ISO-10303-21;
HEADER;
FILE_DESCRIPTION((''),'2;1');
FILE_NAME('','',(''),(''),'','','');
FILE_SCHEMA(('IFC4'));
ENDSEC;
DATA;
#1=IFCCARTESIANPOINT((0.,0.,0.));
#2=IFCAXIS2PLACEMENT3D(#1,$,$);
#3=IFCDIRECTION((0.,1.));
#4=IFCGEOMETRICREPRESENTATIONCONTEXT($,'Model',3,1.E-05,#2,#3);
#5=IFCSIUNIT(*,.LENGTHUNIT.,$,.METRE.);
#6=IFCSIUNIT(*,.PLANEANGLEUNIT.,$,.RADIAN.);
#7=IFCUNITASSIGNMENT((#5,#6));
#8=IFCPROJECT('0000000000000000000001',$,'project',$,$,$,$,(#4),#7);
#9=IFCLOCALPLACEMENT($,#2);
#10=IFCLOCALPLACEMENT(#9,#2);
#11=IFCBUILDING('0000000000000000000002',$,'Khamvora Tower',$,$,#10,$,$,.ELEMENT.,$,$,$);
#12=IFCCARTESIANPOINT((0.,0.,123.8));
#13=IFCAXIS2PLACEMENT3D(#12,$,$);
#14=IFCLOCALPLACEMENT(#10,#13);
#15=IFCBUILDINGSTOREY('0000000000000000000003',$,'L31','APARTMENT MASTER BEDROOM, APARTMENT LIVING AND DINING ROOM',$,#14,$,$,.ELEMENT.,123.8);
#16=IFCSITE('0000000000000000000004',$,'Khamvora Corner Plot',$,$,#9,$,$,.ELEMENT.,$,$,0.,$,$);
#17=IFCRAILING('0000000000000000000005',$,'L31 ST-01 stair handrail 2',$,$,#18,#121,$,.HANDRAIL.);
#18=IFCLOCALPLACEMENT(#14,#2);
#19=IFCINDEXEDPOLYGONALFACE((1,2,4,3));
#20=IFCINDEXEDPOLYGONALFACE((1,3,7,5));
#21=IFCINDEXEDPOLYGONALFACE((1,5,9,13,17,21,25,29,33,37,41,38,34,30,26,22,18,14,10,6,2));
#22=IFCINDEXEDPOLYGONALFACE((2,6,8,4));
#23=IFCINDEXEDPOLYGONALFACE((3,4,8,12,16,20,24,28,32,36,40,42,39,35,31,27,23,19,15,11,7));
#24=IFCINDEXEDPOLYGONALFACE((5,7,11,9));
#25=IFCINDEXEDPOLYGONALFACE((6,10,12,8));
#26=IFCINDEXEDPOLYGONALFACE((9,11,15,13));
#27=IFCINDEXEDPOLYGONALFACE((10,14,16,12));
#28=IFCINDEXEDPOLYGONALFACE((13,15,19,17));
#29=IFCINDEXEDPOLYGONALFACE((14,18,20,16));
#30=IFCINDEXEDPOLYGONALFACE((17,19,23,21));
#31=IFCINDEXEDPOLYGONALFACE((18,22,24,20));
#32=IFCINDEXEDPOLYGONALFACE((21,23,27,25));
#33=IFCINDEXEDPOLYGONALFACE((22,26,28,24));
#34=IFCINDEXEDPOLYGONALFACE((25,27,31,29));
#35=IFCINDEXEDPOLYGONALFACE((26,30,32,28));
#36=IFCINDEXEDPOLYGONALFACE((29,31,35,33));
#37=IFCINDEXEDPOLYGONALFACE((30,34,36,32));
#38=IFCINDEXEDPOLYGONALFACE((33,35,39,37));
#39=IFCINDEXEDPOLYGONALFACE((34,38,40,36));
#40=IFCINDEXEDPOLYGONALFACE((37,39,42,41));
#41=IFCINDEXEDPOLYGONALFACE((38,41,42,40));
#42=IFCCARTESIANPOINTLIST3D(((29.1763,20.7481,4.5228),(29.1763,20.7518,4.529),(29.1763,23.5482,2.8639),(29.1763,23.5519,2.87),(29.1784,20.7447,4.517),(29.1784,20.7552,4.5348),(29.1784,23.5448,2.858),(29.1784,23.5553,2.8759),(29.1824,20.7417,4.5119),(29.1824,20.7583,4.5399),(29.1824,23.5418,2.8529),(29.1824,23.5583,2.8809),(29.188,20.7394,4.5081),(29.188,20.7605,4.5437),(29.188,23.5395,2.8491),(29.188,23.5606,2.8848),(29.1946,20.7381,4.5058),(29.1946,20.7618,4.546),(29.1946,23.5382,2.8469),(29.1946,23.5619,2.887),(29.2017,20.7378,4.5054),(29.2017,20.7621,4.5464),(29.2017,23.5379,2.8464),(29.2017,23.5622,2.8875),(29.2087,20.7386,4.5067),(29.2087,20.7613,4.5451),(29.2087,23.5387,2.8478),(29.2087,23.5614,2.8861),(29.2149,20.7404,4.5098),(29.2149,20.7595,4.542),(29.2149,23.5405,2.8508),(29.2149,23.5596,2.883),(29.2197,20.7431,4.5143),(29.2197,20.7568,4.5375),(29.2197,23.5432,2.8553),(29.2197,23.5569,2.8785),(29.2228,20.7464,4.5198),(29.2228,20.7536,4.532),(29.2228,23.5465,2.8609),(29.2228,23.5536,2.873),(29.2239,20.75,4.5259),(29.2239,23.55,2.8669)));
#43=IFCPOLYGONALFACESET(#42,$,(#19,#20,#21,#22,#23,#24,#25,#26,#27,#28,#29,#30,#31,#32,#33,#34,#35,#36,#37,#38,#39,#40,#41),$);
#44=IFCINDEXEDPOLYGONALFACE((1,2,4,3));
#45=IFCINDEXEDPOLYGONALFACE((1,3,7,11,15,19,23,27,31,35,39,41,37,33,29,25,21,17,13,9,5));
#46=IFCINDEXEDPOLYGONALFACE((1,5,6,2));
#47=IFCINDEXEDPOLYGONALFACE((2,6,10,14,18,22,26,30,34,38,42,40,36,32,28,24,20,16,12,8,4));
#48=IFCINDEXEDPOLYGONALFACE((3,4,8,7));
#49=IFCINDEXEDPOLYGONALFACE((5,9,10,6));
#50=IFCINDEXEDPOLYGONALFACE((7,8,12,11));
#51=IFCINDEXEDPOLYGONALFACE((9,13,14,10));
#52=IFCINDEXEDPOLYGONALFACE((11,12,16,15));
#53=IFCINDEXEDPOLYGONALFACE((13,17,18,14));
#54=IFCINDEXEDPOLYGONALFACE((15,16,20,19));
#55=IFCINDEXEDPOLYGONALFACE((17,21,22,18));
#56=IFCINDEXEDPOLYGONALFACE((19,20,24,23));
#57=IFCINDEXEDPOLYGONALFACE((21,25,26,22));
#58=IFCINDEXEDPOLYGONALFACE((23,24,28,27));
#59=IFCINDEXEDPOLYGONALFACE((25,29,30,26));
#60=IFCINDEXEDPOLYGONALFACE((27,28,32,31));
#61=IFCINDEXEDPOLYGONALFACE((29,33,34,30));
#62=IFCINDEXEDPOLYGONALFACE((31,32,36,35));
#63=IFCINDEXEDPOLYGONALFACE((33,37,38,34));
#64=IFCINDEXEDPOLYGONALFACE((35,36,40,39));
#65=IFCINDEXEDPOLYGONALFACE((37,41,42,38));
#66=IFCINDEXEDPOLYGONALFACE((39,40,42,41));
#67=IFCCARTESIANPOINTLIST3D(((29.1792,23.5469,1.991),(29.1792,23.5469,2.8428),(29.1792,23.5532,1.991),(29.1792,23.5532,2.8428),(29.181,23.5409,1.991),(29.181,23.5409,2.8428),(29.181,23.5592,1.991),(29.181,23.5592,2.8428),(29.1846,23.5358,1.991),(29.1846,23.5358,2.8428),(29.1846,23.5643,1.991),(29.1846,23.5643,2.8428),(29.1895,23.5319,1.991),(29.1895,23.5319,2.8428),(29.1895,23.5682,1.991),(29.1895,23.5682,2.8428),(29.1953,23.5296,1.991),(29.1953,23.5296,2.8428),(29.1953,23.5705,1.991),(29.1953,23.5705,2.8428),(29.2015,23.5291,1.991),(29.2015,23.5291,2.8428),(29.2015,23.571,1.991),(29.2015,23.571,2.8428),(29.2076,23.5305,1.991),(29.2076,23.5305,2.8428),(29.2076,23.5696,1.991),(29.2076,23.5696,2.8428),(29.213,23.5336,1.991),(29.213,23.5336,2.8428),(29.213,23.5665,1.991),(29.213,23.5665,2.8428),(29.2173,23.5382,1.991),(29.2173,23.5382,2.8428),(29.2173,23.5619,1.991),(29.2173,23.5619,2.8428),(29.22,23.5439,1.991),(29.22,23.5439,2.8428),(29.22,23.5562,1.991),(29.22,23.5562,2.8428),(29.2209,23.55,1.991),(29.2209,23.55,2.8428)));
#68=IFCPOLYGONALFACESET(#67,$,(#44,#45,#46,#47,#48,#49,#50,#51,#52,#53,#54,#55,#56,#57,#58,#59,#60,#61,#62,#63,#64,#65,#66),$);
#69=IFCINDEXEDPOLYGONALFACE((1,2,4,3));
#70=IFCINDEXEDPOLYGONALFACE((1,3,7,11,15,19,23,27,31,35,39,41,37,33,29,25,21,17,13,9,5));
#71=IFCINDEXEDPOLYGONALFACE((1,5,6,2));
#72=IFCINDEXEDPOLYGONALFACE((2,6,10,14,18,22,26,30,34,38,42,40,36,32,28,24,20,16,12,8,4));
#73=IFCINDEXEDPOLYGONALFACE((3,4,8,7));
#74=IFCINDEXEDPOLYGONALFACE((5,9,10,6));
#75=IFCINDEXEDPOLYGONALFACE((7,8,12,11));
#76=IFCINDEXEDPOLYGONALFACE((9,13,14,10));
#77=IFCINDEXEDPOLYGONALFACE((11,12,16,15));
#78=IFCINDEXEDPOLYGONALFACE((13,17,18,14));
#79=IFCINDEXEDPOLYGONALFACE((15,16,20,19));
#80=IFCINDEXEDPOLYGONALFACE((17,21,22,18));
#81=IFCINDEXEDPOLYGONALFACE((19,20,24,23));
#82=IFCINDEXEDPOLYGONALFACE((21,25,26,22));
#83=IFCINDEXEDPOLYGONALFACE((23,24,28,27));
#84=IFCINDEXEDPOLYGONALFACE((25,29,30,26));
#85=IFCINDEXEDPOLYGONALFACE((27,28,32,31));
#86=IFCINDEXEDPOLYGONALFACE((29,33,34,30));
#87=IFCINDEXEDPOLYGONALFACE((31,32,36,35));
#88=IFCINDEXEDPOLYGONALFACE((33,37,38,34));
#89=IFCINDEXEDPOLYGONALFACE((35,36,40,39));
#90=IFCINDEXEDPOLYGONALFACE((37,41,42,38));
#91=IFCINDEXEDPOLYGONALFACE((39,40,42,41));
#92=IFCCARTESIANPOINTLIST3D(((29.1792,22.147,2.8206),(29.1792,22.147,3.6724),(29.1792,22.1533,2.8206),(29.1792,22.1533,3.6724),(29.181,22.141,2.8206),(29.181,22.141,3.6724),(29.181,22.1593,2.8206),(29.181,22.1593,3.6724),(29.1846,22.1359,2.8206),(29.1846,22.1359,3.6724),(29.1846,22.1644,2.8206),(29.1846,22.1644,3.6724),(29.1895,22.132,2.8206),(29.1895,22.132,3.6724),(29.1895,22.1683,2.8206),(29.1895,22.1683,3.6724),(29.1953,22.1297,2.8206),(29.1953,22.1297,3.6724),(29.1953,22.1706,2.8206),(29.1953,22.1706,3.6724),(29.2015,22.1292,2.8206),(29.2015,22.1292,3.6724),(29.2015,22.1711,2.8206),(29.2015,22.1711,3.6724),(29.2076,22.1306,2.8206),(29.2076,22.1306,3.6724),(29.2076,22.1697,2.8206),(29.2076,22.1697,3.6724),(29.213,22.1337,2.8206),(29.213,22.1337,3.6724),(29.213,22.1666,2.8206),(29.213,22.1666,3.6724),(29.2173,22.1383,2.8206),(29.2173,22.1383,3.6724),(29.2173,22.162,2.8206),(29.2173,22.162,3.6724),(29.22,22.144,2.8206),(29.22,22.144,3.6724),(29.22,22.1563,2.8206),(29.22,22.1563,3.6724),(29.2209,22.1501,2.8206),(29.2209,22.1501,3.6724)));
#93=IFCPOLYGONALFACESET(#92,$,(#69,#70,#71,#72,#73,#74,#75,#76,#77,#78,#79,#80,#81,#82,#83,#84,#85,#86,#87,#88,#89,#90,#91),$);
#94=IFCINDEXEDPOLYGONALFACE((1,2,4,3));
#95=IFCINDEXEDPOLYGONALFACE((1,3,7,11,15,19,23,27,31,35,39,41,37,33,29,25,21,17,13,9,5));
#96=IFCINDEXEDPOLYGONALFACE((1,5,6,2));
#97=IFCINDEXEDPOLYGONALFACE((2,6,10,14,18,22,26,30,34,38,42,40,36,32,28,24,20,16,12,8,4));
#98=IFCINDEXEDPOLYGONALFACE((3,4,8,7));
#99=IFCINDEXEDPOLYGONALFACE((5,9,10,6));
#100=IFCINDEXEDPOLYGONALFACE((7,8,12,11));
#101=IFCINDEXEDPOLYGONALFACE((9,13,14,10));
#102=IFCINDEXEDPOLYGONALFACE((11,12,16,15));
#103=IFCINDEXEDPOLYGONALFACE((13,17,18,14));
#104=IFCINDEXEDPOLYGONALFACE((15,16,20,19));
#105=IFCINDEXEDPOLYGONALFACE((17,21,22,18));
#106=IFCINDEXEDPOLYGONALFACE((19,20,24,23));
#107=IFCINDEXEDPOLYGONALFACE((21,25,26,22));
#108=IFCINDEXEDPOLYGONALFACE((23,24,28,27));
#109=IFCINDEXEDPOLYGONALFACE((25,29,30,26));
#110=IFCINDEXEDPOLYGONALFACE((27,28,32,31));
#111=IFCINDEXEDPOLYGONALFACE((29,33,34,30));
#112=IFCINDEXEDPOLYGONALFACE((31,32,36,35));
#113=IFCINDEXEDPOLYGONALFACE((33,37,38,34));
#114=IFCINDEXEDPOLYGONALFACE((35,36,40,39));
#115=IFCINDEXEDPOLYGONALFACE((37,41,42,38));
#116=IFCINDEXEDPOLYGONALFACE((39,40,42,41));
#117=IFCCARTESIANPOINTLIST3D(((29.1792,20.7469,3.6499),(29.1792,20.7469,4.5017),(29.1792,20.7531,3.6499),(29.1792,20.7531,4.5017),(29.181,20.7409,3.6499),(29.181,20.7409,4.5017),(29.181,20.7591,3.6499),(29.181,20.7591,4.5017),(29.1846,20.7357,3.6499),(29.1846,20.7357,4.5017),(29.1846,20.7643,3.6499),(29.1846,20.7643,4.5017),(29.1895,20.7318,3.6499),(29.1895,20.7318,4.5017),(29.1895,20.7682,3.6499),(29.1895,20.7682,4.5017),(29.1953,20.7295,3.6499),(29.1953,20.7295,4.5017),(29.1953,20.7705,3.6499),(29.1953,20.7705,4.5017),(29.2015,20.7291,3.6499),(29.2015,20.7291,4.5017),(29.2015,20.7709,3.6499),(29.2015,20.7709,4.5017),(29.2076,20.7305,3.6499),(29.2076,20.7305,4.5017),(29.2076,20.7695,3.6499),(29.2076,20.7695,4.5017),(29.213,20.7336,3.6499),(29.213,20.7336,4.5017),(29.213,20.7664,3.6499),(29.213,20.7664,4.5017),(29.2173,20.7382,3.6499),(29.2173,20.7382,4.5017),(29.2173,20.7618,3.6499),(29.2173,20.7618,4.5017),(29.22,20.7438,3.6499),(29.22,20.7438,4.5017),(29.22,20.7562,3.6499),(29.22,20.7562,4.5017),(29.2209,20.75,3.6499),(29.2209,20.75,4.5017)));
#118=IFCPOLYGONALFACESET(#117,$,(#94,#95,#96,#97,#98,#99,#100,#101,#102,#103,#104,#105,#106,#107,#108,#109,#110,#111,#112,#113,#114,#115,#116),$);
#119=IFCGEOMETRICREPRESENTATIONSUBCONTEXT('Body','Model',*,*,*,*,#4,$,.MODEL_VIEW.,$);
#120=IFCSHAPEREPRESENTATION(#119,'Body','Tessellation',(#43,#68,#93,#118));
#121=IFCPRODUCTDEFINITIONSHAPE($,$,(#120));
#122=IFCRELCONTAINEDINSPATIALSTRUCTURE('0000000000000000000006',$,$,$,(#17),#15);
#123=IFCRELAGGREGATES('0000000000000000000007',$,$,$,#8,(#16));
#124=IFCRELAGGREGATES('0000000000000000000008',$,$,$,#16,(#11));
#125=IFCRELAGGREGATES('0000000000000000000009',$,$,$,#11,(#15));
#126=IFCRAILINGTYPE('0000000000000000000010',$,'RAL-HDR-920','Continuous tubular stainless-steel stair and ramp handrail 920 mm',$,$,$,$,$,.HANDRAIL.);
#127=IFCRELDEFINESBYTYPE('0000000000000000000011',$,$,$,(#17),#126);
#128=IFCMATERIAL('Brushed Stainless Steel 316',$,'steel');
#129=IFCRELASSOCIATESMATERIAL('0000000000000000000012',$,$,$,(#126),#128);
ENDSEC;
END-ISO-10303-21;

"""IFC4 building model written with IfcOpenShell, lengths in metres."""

from ifc_helpers import new_model, si_unit, direction, frame, origin, origin_2d, place, context, subcontext, project, spatial, circle, extrude, material, type_object, element, save


model = new_model("IFC4")

# Units and contexts
model_context = context("Model", 3, precision=1e-05, world=origin(), true_north=direction((0.0, 1.0)))
body_context = subcontext(model_context, "Body", "Model", "MODEL_VIEW")
ifc_project = project(units=[si_unit("LENGTHUNIT", "METRE"), si_unit("PLANEANGLEUNIT", "RADIAN")], contexts=[model_context])

# Site, building, storey
site_placement = place(None, origin())
site = spatial("IfcSite", under=ifc_project, at=site_placement, Name="Khamvora Corner Plot", CompositionType="ELEMENT", RefElevation=0.0)
building_placement = place(site_placement, origin())
building = spatial("IfcBuilding", under=site, at=building_placement, Name="Khamvora Tower", CompositionType="ELEMENT")
storey_placement = place(building_placement, frame((0.0, 0.0, 123.8)))
storey = spatial("IfcBuildingStorey", under=building, at=storey_placement, Name="L31", Description="APARTMENT MASTER BEDROOM, APARTMENT LIVING AND DINING ROOM", CompositionType="ELEMENT", Elevation=123.8)

# Railing
ifc_material_1 = material(Name="Brushed Stainless Steel 316", Category="steel")
railing_type_1 = type_object("IfcRailingType", Name="RAL-HDR-920", Description="Continuous tubular stainless-steel stair and ramp handrail 920 mm", PredefinedType="HANDRAIL", material=ifc_material_1)
railing_1_placement = place(storey_placement, frame((29.2, 23.55, 1.991)))
element("IfcRailing", 1, at=railing_1_placement, inside=storey, type_object=railing_type_1, Name="L31 ST-01 stair handrail 2", PredefinedType="HANDRAIL", context=body_context, shape_type="SweptSolid", body=[
    extrude(circle(Radius=0.0239, at=origin_2d()), frame((0.0, 0.0, 0.876), z_axis=(0.0, -0.860339, 0.509722), x_axis=(1.0, 0.0, 0.0)), (0.0, 0.0, 1.0), 3.2546),
    extrude(circle(Radius=0.021, at=origin_2d()), origin(), (0.0, 0.0, 1.0), 0.8518),
    extrude(circle(Radius=0.021, at=origin_2d()), frame((0.0, -1.3999, 0.8296)), (0.0, 0.0, 1.0), 0.8518),
    extrude(circle(Radius=0.021, at=origin_2d()), frame((0.0, -2.8, 1.6589)), (0.0, 0.0, 1.0), 0.8518),
])

save(model, "model.ifc")
